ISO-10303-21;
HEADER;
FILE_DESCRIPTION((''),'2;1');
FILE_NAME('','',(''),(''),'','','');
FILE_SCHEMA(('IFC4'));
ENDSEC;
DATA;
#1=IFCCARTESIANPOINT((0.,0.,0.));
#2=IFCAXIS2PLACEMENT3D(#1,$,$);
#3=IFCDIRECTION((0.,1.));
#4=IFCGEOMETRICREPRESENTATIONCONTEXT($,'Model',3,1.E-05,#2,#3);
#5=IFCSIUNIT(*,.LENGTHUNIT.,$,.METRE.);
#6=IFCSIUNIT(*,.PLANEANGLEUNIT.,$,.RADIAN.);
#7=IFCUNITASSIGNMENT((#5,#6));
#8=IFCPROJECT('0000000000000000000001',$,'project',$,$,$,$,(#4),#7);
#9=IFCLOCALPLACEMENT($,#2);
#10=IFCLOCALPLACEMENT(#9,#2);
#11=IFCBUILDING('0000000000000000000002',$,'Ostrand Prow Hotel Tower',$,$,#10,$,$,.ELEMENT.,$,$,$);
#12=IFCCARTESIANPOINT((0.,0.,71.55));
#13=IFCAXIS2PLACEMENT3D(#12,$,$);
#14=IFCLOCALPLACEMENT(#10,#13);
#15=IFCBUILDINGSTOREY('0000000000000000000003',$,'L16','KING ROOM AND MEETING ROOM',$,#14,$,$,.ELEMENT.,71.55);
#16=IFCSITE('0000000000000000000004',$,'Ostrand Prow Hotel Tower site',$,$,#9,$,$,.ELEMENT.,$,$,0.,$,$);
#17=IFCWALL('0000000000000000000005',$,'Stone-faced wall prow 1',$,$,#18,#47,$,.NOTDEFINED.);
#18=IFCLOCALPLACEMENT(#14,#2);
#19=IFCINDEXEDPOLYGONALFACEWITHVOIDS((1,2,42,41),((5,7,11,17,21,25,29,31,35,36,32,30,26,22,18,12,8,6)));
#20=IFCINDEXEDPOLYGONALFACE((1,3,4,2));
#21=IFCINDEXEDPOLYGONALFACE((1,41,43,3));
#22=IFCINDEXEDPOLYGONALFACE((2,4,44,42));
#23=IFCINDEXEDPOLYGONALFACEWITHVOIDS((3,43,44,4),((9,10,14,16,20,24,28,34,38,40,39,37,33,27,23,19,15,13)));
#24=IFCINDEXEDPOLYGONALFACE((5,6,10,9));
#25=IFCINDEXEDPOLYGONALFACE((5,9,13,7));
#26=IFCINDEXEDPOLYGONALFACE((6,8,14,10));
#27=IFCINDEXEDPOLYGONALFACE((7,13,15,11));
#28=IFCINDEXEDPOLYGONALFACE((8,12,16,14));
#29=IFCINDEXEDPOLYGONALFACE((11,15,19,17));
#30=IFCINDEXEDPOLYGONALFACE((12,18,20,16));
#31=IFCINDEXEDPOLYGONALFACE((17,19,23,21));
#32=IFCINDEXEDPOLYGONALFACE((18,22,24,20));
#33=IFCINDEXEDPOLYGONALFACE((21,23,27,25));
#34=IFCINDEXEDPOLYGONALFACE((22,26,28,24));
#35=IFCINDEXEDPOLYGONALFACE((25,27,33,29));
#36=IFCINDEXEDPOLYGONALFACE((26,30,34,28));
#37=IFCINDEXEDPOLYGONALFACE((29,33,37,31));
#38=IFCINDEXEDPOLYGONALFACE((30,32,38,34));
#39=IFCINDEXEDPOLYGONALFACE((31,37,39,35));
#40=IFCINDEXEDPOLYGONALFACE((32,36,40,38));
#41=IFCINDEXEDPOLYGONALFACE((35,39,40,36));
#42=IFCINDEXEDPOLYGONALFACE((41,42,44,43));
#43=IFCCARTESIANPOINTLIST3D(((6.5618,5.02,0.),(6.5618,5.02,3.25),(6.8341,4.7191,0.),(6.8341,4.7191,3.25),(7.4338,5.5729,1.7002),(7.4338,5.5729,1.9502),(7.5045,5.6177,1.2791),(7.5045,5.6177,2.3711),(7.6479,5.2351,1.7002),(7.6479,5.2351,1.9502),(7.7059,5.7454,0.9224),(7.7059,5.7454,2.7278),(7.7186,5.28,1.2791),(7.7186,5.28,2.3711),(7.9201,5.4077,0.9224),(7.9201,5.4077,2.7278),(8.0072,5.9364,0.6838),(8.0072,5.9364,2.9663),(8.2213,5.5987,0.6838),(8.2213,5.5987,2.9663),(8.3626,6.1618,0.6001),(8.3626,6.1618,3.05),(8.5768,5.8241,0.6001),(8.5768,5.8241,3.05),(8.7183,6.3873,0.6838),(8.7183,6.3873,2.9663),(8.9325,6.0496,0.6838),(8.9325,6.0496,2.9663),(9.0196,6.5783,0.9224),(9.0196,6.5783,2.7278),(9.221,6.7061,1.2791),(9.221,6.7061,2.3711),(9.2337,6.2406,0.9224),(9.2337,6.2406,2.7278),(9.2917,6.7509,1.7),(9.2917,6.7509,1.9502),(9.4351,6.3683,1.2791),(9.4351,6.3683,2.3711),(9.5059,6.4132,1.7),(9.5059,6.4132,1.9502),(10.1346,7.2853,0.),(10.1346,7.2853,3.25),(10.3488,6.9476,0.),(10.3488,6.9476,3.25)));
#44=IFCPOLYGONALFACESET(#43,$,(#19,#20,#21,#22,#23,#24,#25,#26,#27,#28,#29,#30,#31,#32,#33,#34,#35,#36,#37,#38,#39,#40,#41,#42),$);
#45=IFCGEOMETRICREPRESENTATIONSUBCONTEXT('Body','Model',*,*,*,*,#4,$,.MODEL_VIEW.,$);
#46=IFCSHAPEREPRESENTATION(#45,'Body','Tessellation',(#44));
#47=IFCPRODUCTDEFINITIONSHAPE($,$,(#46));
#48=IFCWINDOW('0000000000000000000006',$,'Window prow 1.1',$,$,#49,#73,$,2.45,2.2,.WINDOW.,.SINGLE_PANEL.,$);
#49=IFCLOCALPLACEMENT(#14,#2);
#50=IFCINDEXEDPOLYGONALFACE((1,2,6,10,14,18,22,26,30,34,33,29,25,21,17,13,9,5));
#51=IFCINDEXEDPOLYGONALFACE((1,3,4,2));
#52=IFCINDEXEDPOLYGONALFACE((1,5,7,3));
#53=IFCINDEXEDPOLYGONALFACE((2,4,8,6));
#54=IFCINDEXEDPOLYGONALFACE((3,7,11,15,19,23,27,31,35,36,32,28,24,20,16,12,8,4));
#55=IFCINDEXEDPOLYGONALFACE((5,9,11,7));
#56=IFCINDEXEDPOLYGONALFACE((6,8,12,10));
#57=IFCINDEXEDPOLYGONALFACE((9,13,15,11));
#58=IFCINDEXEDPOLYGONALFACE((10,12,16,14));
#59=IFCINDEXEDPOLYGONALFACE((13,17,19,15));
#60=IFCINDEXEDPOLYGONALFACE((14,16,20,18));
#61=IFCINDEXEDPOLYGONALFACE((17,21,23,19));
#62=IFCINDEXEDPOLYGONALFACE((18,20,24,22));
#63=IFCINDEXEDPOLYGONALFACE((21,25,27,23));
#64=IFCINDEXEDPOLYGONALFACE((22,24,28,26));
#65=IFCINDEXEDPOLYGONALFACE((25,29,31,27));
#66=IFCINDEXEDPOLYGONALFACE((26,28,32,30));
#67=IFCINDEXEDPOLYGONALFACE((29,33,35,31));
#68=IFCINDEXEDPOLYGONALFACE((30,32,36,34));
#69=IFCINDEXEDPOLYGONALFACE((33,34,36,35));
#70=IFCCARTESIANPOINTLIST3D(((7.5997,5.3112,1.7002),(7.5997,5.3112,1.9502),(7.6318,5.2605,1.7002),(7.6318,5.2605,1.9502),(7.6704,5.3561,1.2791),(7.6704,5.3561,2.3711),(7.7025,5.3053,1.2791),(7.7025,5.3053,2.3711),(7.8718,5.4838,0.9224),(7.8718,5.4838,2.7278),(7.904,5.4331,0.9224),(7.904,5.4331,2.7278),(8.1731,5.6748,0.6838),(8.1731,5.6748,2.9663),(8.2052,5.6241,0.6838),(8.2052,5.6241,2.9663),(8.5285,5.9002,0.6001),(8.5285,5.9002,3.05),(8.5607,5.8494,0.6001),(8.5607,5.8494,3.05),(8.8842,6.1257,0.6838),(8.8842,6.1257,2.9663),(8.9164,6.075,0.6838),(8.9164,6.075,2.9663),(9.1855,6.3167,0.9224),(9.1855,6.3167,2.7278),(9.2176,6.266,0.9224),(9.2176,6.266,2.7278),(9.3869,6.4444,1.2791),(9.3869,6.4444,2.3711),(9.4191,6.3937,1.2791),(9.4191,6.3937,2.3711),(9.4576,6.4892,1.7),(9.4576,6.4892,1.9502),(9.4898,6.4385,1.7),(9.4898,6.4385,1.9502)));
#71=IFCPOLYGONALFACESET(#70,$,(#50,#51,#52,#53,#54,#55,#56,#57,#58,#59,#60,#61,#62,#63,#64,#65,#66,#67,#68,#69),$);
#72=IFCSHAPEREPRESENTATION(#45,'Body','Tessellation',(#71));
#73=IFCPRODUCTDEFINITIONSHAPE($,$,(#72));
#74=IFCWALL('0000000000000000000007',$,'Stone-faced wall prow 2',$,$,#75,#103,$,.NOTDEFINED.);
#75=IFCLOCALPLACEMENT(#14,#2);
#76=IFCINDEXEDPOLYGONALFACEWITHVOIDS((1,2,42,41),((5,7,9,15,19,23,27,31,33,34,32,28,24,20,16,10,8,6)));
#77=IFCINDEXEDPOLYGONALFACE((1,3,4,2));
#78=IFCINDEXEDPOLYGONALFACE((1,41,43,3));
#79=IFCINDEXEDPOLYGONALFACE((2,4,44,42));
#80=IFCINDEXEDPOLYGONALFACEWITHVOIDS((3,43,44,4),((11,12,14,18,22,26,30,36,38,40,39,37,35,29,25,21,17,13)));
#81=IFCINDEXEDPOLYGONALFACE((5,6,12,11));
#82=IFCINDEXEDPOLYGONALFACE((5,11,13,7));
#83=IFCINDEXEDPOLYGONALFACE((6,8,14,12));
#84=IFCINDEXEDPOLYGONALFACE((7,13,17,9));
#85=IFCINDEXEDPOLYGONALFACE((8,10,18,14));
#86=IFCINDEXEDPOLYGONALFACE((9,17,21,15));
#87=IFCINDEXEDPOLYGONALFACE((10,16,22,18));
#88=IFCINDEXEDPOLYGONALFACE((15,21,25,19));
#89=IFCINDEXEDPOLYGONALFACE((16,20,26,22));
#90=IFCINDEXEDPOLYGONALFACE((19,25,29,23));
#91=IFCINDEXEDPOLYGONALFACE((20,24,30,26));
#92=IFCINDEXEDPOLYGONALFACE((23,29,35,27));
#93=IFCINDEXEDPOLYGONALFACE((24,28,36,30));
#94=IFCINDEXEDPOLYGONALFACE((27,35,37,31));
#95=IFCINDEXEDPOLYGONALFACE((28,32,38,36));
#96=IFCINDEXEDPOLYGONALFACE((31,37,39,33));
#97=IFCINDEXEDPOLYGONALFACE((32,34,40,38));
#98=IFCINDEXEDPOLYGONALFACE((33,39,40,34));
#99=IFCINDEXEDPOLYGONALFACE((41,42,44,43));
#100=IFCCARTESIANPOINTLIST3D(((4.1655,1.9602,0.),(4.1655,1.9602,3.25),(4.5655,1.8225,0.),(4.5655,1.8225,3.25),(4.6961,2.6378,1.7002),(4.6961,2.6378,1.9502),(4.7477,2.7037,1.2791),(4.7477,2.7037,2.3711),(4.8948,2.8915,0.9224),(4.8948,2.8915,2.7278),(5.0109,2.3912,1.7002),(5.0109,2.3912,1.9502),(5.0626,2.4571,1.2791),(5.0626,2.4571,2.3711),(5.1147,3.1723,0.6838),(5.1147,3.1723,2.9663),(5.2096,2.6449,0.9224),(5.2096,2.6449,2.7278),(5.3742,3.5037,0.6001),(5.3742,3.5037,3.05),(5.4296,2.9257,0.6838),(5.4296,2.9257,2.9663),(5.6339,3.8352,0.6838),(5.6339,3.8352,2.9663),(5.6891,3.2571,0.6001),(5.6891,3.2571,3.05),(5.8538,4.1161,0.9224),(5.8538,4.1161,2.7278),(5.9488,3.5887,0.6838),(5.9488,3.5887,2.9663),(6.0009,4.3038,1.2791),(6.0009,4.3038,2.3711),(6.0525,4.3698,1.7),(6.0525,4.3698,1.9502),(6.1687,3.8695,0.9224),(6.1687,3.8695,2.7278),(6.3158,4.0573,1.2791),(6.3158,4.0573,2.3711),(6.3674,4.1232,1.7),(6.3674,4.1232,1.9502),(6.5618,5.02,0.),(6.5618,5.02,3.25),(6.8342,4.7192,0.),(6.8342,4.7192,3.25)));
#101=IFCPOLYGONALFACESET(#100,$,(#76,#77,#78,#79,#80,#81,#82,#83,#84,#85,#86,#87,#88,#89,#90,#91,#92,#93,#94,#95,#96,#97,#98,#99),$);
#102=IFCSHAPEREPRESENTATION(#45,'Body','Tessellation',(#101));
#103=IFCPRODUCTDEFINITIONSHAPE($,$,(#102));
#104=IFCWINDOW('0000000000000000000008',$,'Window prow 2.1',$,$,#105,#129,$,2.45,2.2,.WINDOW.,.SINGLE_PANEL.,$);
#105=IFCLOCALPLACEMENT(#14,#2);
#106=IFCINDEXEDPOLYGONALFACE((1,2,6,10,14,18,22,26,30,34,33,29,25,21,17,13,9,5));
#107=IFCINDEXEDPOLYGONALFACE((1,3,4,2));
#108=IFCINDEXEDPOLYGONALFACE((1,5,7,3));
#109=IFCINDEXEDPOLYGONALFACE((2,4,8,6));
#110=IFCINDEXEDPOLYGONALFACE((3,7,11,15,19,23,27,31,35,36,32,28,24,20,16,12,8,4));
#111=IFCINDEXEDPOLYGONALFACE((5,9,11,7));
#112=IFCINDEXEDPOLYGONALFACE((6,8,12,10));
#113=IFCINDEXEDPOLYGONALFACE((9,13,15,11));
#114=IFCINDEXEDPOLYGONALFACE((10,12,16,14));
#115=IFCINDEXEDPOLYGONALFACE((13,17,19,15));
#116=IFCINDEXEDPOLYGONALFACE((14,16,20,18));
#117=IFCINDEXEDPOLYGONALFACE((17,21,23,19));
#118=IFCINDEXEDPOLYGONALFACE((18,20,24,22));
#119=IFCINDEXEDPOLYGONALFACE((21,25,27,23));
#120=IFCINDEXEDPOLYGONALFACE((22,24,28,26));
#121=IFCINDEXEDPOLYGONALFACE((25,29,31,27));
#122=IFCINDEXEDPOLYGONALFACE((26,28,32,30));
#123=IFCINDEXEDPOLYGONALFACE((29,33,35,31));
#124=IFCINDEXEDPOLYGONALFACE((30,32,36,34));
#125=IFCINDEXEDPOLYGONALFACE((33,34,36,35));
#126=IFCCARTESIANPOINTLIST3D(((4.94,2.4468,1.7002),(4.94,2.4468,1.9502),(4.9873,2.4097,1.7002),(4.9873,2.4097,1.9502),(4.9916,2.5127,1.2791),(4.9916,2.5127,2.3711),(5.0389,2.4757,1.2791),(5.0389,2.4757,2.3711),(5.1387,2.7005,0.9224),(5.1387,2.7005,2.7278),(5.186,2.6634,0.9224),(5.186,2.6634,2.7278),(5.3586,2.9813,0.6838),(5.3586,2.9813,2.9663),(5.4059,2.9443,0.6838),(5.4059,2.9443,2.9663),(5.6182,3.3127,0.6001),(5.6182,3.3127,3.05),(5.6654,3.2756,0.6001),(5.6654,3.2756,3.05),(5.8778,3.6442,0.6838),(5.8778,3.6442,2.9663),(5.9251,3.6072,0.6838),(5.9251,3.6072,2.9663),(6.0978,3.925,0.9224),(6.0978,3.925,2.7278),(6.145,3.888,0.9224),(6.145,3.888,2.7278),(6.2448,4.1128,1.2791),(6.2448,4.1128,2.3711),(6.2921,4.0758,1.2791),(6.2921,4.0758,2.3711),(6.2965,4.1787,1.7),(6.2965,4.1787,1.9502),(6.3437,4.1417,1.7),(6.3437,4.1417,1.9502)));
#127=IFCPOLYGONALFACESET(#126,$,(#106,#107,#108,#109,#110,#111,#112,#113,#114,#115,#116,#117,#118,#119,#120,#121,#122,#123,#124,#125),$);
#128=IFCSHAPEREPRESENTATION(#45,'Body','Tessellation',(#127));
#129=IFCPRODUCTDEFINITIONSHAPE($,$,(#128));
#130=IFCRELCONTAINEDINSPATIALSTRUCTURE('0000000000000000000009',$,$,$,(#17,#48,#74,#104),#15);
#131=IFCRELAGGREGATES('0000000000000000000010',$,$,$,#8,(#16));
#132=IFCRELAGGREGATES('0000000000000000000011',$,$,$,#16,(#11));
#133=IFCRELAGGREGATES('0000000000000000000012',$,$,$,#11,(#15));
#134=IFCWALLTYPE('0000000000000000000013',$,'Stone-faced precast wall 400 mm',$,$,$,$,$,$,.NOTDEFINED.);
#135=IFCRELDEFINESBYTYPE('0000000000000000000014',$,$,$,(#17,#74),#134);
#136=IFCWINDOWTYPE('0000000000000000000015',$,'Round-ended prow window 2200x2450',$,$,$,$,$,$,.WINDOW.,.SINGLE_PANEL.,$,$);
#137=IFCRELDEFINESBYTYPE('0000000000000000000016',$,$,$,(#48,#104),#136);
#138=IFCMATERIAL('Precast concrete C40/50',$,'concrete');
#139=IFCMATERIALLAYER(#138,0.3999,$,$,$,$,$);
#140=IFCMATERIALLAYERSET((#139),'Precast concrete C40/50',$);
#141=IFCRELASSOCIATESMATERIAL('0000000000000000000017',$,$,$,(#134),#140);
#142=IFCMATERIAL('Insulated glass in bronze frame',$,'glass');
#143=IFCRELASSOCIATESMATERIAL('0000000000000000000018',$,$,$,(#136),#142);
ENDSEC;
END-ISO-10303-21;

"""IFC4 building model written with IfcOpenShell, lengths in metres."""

from ifc_helpers import new_model, si_unit, direction, frame, origin, place, context, subcontext, project, spatial, polyline, outline, extrude, material, layer, layer_set, type_object, element, fill, save


model = new_model("IFC4")

# Units and contexts
model_context = context("Model", 3, precision=1e-05, world=origin(), true_north=direction((0.0, 1.0)))
body_context = subcontext(model_context, "Body", "Model", "MODEL_VIEW")
ifc_project = project(units=[si_unit("LENGTHUNIT", "METRE"), si_unit("PLANEANGLEUNIT", "RADIAN")], contexts=[model_context])

# Site, building, storey
site_placement = place(None, origin())
site = spatial("IfcSite", under=ifc_project, at=site_placement, Name="Ostrand Prow Hotel Tower site", CompositionType="ELEMENT", RefElevation=0.0)
building_placement = place(site_placement, origin())
building = spatial("IfcBuilding", under=site, at=building_placement, Name="Ostrand Prow Hotel Tower", CompositionType="ELEMENT")
storey_placement = place(building_placement, frame((0.0, 0.0, 71.55)))
storey = spatial("IfcBuildingStorey", under=building, at=storey_placement, Name="L16", Description="KING ROOM AND MEETING ROOM", CompositionType="ELEMENT", Elevation=71.55)

# Walls, openings, windows
ifc_material_1 = material(Name="Precast concrete C40/50", Category="concrete")
ifc_layer_1 = layer(ifc_material_1, 0.3999)
ifc_layer_set_1 = layer_set([ifc_layer_1], Name="Precast concrete C40/50")
wall_type_1 = type_object("IfcWallType", Name="Stone-faced precast wall 400 mm", PredefinedType="NOTDEFINED", material=ifc_layer_set_1)
wall_1_placement = place(storey_placement, frame((10.2417, 7.1165, 0.0), z_axis=(0.0, 0.0, 1.0), x_axis=(-0.844552, -0.535474, 0.0)))
wall_1 = element("IfcWall", 1, at=wall_1_placement, inside=storey, type_object=wall_type_1, Name="Stone-faced wall prow 1", PredefinedType="NOTDEFINED", context=body_context, shape_type="SweptSolid", body=[
    extrude(outline(polyline([(0.0, -0.2), (4.2305, -0.2), (4.1616, 0.2), (0.0, 0.2), (0.0, -0.2)])), origin(), (0.0, 0.0, 1.0), 3.25),
])
opening_1_placement = place(wall_1_placement, frame((0.998, 0.0, 0.6001)))
opening_1 = element("IfcOpeningElement", 2, at=opening_1_placement, cuts=wall_1, PredefinedType="OPENING", context=body_context, shape_type="SweptSolid", body=[
    extrude(outline(polyline([(0.0, 1.3501), (0.0837, 1.771), (0.3223, 2.1277), (0.679, 2.3662), (1.1001, 2.45), (1.521, 2.3662), (1.8777, 2.1277), (2.1162, 1.771), (2.2, 1.3501), (2.2, 1.1001), (2.1162, 0.679), (1.8777, 0.3223), (1.521, 0.0837), (1.1001, 0.0), (0.679, 0.0837), (0.3223, 0.3223), (0.0837, 0.679), (0.0, 1.0999), (0.0, 1.3501)])), frame((0.0, 0.21, 0.0), z_axis=(0.0, -1.0, 0.0), x_axis=(1.0, 0.0, 0.0)), (0.0, 0.0, 1.0), 0.4199),
])
ifc_material_2 = material(Name="Insulated glass in bronze frame", Category="glass")
window_type = type_object("IfcWindowType", Name="Round-ended prow window 2200x2450", PartitioningType="SINGLE_PANEL", PredefinedType="WINDOW", material=ifc_material_2)
window_1_placement = place(opening_1_placement, origin())
window_1 = element("IfcWindow", 3, at=window_1_placement, inside=storey, type_object=window_type, Name="Window prow 1.1", OverallHeight=2.45, OverallWidth=2.2, PartitioningType="SINGLE_PANEL", PredefinedType="WINDOW", context=body_context, shape_type="SweptSolid", body=[
    extrude(outline(polyline([(0.0, 1.3501), (0.0837, 1.771), (0.3223, 2.1277), (0.679, 2.3662), (1.1001, 2.45), (1.521, 2.3662), (1.8777, 2.1277), (2.1162, 1.771), (2.2, 1.3501), (2.2, 1.1001), (2.1162, 0.679), (1.8777, 0.3223), (1.521, 0.0837), (1.1001, 0.0), (0.679, 0.0837), (0.3223, 0.3223), (0.0837, 0.679), (0.0, 1.0999), (0.0, 1.3501)])), frame((0.0, 0.1699, 0.0), z_axis=(0.0, -1.0, 0.0), x_axis=(1.0, 0.0, 0.0)), (0.0, 0.0, 1.0), 0.0601),
])
fill(opening_1, window_1)
wall_2_placement = place(storey_placement, frame((6.698, 4.8696, 0.0), z_axis=(0.0, 0.0, 1.0), x_axis=(-0.616587, -0.787287, 0.0)))
wall_2 = element("IfcWall", 4, at=wall_2_placement, inside=storey, type_object=wall_type_1, Name="Stone-faced wall prow 2", PredefinedType="NOTDEFINED", context=body_context, shape_type="SweptSolid", body=[
    extrude(outline(polyline([(-0.0344, -0.2), (3.8521, -0.2), (3.7139, 0.2), (0.0344, 0.2), (-0.0344, -0.2)])), origin(), (0.0, 0.0, 1.0), 3.25),
])
opening_2_placement = place(wall_2_placement, frame((0.7915, 0.0, 0.6001)))
opening_2 = element("IfcOpeningElement", 5, at=opening_2_placement, cuts=wall_2, PredefinedType="OPENING", context=body_context, shape_type="SweptSolid", body=[
    extrude(outline(polyline([(0.0, 1.3501), (0.0837, 1.771), (0.3223, 2.1277), (0.679, 2.3662), (1.1001, 2.45), (1.521, 2.3662), (1.8777, 2.1277), (2.1162, 1.771), (2.2, 1.3501), (2.2, 1.1001), (2.1162, 0.679), (1.8777, 0.3223), (1.521, 0.0837), (1.1001, 0.0), (0.679, 0.0837), (0.3223, 0.3223), (0.0837, 0.679), (0.0, 1.0999), (0.0, 1.3501)])), frame((0.0, 0.21, 0.0), z_axis=(0.0, -1.0, 0.0), x_axis=(1.0, 0.0, 0.0)), (0.0, 0.0, 1.0), 0.4199),
])
window_2_placement = place(opening_2_placement, origin())
window_2 = element("IfcWindow", 6, at=window_2_placement, inside=storey, type_object=window_type, Name="Window prow 2.1", OverallHeight=2.45, OverallWidth=2.2, PartitioningType="SINGLE_PANEL", PredefinedType="WINDOW", context=body_context, shape_type="SweptSolid", body=[
    extrude(outline(polyline([(0.0, 1.3501), (0.0837, 1.771), (0.3223, 2.1277), (0.679, 2.3662), (1.1001, 2.45), (1.521, 2.3662), (1.8777, 2.1277), (2.1162, 1.771), (2.2, 1.3501), (2.2, 1.1001), (2.1162, 0.679), (1.8777, 0.3223), (1.521, 0.0837), (1.1001, 0.0), (0.679, 0.0837), (0.3223, 0.3223), (0.0837, 0.679), (0.0, 1.0999), (0.0, 1.3501)])), frame((0.0, 0.1699, 0.0), z_axis=(0.0, -1.0, 0.0), x_axis=(1.0, 0.0, 0.0)), (0.0, 0.0, 1.0), 0.0601),
])
fill(opening_2, window_2)

save(model, "model.ifc")
